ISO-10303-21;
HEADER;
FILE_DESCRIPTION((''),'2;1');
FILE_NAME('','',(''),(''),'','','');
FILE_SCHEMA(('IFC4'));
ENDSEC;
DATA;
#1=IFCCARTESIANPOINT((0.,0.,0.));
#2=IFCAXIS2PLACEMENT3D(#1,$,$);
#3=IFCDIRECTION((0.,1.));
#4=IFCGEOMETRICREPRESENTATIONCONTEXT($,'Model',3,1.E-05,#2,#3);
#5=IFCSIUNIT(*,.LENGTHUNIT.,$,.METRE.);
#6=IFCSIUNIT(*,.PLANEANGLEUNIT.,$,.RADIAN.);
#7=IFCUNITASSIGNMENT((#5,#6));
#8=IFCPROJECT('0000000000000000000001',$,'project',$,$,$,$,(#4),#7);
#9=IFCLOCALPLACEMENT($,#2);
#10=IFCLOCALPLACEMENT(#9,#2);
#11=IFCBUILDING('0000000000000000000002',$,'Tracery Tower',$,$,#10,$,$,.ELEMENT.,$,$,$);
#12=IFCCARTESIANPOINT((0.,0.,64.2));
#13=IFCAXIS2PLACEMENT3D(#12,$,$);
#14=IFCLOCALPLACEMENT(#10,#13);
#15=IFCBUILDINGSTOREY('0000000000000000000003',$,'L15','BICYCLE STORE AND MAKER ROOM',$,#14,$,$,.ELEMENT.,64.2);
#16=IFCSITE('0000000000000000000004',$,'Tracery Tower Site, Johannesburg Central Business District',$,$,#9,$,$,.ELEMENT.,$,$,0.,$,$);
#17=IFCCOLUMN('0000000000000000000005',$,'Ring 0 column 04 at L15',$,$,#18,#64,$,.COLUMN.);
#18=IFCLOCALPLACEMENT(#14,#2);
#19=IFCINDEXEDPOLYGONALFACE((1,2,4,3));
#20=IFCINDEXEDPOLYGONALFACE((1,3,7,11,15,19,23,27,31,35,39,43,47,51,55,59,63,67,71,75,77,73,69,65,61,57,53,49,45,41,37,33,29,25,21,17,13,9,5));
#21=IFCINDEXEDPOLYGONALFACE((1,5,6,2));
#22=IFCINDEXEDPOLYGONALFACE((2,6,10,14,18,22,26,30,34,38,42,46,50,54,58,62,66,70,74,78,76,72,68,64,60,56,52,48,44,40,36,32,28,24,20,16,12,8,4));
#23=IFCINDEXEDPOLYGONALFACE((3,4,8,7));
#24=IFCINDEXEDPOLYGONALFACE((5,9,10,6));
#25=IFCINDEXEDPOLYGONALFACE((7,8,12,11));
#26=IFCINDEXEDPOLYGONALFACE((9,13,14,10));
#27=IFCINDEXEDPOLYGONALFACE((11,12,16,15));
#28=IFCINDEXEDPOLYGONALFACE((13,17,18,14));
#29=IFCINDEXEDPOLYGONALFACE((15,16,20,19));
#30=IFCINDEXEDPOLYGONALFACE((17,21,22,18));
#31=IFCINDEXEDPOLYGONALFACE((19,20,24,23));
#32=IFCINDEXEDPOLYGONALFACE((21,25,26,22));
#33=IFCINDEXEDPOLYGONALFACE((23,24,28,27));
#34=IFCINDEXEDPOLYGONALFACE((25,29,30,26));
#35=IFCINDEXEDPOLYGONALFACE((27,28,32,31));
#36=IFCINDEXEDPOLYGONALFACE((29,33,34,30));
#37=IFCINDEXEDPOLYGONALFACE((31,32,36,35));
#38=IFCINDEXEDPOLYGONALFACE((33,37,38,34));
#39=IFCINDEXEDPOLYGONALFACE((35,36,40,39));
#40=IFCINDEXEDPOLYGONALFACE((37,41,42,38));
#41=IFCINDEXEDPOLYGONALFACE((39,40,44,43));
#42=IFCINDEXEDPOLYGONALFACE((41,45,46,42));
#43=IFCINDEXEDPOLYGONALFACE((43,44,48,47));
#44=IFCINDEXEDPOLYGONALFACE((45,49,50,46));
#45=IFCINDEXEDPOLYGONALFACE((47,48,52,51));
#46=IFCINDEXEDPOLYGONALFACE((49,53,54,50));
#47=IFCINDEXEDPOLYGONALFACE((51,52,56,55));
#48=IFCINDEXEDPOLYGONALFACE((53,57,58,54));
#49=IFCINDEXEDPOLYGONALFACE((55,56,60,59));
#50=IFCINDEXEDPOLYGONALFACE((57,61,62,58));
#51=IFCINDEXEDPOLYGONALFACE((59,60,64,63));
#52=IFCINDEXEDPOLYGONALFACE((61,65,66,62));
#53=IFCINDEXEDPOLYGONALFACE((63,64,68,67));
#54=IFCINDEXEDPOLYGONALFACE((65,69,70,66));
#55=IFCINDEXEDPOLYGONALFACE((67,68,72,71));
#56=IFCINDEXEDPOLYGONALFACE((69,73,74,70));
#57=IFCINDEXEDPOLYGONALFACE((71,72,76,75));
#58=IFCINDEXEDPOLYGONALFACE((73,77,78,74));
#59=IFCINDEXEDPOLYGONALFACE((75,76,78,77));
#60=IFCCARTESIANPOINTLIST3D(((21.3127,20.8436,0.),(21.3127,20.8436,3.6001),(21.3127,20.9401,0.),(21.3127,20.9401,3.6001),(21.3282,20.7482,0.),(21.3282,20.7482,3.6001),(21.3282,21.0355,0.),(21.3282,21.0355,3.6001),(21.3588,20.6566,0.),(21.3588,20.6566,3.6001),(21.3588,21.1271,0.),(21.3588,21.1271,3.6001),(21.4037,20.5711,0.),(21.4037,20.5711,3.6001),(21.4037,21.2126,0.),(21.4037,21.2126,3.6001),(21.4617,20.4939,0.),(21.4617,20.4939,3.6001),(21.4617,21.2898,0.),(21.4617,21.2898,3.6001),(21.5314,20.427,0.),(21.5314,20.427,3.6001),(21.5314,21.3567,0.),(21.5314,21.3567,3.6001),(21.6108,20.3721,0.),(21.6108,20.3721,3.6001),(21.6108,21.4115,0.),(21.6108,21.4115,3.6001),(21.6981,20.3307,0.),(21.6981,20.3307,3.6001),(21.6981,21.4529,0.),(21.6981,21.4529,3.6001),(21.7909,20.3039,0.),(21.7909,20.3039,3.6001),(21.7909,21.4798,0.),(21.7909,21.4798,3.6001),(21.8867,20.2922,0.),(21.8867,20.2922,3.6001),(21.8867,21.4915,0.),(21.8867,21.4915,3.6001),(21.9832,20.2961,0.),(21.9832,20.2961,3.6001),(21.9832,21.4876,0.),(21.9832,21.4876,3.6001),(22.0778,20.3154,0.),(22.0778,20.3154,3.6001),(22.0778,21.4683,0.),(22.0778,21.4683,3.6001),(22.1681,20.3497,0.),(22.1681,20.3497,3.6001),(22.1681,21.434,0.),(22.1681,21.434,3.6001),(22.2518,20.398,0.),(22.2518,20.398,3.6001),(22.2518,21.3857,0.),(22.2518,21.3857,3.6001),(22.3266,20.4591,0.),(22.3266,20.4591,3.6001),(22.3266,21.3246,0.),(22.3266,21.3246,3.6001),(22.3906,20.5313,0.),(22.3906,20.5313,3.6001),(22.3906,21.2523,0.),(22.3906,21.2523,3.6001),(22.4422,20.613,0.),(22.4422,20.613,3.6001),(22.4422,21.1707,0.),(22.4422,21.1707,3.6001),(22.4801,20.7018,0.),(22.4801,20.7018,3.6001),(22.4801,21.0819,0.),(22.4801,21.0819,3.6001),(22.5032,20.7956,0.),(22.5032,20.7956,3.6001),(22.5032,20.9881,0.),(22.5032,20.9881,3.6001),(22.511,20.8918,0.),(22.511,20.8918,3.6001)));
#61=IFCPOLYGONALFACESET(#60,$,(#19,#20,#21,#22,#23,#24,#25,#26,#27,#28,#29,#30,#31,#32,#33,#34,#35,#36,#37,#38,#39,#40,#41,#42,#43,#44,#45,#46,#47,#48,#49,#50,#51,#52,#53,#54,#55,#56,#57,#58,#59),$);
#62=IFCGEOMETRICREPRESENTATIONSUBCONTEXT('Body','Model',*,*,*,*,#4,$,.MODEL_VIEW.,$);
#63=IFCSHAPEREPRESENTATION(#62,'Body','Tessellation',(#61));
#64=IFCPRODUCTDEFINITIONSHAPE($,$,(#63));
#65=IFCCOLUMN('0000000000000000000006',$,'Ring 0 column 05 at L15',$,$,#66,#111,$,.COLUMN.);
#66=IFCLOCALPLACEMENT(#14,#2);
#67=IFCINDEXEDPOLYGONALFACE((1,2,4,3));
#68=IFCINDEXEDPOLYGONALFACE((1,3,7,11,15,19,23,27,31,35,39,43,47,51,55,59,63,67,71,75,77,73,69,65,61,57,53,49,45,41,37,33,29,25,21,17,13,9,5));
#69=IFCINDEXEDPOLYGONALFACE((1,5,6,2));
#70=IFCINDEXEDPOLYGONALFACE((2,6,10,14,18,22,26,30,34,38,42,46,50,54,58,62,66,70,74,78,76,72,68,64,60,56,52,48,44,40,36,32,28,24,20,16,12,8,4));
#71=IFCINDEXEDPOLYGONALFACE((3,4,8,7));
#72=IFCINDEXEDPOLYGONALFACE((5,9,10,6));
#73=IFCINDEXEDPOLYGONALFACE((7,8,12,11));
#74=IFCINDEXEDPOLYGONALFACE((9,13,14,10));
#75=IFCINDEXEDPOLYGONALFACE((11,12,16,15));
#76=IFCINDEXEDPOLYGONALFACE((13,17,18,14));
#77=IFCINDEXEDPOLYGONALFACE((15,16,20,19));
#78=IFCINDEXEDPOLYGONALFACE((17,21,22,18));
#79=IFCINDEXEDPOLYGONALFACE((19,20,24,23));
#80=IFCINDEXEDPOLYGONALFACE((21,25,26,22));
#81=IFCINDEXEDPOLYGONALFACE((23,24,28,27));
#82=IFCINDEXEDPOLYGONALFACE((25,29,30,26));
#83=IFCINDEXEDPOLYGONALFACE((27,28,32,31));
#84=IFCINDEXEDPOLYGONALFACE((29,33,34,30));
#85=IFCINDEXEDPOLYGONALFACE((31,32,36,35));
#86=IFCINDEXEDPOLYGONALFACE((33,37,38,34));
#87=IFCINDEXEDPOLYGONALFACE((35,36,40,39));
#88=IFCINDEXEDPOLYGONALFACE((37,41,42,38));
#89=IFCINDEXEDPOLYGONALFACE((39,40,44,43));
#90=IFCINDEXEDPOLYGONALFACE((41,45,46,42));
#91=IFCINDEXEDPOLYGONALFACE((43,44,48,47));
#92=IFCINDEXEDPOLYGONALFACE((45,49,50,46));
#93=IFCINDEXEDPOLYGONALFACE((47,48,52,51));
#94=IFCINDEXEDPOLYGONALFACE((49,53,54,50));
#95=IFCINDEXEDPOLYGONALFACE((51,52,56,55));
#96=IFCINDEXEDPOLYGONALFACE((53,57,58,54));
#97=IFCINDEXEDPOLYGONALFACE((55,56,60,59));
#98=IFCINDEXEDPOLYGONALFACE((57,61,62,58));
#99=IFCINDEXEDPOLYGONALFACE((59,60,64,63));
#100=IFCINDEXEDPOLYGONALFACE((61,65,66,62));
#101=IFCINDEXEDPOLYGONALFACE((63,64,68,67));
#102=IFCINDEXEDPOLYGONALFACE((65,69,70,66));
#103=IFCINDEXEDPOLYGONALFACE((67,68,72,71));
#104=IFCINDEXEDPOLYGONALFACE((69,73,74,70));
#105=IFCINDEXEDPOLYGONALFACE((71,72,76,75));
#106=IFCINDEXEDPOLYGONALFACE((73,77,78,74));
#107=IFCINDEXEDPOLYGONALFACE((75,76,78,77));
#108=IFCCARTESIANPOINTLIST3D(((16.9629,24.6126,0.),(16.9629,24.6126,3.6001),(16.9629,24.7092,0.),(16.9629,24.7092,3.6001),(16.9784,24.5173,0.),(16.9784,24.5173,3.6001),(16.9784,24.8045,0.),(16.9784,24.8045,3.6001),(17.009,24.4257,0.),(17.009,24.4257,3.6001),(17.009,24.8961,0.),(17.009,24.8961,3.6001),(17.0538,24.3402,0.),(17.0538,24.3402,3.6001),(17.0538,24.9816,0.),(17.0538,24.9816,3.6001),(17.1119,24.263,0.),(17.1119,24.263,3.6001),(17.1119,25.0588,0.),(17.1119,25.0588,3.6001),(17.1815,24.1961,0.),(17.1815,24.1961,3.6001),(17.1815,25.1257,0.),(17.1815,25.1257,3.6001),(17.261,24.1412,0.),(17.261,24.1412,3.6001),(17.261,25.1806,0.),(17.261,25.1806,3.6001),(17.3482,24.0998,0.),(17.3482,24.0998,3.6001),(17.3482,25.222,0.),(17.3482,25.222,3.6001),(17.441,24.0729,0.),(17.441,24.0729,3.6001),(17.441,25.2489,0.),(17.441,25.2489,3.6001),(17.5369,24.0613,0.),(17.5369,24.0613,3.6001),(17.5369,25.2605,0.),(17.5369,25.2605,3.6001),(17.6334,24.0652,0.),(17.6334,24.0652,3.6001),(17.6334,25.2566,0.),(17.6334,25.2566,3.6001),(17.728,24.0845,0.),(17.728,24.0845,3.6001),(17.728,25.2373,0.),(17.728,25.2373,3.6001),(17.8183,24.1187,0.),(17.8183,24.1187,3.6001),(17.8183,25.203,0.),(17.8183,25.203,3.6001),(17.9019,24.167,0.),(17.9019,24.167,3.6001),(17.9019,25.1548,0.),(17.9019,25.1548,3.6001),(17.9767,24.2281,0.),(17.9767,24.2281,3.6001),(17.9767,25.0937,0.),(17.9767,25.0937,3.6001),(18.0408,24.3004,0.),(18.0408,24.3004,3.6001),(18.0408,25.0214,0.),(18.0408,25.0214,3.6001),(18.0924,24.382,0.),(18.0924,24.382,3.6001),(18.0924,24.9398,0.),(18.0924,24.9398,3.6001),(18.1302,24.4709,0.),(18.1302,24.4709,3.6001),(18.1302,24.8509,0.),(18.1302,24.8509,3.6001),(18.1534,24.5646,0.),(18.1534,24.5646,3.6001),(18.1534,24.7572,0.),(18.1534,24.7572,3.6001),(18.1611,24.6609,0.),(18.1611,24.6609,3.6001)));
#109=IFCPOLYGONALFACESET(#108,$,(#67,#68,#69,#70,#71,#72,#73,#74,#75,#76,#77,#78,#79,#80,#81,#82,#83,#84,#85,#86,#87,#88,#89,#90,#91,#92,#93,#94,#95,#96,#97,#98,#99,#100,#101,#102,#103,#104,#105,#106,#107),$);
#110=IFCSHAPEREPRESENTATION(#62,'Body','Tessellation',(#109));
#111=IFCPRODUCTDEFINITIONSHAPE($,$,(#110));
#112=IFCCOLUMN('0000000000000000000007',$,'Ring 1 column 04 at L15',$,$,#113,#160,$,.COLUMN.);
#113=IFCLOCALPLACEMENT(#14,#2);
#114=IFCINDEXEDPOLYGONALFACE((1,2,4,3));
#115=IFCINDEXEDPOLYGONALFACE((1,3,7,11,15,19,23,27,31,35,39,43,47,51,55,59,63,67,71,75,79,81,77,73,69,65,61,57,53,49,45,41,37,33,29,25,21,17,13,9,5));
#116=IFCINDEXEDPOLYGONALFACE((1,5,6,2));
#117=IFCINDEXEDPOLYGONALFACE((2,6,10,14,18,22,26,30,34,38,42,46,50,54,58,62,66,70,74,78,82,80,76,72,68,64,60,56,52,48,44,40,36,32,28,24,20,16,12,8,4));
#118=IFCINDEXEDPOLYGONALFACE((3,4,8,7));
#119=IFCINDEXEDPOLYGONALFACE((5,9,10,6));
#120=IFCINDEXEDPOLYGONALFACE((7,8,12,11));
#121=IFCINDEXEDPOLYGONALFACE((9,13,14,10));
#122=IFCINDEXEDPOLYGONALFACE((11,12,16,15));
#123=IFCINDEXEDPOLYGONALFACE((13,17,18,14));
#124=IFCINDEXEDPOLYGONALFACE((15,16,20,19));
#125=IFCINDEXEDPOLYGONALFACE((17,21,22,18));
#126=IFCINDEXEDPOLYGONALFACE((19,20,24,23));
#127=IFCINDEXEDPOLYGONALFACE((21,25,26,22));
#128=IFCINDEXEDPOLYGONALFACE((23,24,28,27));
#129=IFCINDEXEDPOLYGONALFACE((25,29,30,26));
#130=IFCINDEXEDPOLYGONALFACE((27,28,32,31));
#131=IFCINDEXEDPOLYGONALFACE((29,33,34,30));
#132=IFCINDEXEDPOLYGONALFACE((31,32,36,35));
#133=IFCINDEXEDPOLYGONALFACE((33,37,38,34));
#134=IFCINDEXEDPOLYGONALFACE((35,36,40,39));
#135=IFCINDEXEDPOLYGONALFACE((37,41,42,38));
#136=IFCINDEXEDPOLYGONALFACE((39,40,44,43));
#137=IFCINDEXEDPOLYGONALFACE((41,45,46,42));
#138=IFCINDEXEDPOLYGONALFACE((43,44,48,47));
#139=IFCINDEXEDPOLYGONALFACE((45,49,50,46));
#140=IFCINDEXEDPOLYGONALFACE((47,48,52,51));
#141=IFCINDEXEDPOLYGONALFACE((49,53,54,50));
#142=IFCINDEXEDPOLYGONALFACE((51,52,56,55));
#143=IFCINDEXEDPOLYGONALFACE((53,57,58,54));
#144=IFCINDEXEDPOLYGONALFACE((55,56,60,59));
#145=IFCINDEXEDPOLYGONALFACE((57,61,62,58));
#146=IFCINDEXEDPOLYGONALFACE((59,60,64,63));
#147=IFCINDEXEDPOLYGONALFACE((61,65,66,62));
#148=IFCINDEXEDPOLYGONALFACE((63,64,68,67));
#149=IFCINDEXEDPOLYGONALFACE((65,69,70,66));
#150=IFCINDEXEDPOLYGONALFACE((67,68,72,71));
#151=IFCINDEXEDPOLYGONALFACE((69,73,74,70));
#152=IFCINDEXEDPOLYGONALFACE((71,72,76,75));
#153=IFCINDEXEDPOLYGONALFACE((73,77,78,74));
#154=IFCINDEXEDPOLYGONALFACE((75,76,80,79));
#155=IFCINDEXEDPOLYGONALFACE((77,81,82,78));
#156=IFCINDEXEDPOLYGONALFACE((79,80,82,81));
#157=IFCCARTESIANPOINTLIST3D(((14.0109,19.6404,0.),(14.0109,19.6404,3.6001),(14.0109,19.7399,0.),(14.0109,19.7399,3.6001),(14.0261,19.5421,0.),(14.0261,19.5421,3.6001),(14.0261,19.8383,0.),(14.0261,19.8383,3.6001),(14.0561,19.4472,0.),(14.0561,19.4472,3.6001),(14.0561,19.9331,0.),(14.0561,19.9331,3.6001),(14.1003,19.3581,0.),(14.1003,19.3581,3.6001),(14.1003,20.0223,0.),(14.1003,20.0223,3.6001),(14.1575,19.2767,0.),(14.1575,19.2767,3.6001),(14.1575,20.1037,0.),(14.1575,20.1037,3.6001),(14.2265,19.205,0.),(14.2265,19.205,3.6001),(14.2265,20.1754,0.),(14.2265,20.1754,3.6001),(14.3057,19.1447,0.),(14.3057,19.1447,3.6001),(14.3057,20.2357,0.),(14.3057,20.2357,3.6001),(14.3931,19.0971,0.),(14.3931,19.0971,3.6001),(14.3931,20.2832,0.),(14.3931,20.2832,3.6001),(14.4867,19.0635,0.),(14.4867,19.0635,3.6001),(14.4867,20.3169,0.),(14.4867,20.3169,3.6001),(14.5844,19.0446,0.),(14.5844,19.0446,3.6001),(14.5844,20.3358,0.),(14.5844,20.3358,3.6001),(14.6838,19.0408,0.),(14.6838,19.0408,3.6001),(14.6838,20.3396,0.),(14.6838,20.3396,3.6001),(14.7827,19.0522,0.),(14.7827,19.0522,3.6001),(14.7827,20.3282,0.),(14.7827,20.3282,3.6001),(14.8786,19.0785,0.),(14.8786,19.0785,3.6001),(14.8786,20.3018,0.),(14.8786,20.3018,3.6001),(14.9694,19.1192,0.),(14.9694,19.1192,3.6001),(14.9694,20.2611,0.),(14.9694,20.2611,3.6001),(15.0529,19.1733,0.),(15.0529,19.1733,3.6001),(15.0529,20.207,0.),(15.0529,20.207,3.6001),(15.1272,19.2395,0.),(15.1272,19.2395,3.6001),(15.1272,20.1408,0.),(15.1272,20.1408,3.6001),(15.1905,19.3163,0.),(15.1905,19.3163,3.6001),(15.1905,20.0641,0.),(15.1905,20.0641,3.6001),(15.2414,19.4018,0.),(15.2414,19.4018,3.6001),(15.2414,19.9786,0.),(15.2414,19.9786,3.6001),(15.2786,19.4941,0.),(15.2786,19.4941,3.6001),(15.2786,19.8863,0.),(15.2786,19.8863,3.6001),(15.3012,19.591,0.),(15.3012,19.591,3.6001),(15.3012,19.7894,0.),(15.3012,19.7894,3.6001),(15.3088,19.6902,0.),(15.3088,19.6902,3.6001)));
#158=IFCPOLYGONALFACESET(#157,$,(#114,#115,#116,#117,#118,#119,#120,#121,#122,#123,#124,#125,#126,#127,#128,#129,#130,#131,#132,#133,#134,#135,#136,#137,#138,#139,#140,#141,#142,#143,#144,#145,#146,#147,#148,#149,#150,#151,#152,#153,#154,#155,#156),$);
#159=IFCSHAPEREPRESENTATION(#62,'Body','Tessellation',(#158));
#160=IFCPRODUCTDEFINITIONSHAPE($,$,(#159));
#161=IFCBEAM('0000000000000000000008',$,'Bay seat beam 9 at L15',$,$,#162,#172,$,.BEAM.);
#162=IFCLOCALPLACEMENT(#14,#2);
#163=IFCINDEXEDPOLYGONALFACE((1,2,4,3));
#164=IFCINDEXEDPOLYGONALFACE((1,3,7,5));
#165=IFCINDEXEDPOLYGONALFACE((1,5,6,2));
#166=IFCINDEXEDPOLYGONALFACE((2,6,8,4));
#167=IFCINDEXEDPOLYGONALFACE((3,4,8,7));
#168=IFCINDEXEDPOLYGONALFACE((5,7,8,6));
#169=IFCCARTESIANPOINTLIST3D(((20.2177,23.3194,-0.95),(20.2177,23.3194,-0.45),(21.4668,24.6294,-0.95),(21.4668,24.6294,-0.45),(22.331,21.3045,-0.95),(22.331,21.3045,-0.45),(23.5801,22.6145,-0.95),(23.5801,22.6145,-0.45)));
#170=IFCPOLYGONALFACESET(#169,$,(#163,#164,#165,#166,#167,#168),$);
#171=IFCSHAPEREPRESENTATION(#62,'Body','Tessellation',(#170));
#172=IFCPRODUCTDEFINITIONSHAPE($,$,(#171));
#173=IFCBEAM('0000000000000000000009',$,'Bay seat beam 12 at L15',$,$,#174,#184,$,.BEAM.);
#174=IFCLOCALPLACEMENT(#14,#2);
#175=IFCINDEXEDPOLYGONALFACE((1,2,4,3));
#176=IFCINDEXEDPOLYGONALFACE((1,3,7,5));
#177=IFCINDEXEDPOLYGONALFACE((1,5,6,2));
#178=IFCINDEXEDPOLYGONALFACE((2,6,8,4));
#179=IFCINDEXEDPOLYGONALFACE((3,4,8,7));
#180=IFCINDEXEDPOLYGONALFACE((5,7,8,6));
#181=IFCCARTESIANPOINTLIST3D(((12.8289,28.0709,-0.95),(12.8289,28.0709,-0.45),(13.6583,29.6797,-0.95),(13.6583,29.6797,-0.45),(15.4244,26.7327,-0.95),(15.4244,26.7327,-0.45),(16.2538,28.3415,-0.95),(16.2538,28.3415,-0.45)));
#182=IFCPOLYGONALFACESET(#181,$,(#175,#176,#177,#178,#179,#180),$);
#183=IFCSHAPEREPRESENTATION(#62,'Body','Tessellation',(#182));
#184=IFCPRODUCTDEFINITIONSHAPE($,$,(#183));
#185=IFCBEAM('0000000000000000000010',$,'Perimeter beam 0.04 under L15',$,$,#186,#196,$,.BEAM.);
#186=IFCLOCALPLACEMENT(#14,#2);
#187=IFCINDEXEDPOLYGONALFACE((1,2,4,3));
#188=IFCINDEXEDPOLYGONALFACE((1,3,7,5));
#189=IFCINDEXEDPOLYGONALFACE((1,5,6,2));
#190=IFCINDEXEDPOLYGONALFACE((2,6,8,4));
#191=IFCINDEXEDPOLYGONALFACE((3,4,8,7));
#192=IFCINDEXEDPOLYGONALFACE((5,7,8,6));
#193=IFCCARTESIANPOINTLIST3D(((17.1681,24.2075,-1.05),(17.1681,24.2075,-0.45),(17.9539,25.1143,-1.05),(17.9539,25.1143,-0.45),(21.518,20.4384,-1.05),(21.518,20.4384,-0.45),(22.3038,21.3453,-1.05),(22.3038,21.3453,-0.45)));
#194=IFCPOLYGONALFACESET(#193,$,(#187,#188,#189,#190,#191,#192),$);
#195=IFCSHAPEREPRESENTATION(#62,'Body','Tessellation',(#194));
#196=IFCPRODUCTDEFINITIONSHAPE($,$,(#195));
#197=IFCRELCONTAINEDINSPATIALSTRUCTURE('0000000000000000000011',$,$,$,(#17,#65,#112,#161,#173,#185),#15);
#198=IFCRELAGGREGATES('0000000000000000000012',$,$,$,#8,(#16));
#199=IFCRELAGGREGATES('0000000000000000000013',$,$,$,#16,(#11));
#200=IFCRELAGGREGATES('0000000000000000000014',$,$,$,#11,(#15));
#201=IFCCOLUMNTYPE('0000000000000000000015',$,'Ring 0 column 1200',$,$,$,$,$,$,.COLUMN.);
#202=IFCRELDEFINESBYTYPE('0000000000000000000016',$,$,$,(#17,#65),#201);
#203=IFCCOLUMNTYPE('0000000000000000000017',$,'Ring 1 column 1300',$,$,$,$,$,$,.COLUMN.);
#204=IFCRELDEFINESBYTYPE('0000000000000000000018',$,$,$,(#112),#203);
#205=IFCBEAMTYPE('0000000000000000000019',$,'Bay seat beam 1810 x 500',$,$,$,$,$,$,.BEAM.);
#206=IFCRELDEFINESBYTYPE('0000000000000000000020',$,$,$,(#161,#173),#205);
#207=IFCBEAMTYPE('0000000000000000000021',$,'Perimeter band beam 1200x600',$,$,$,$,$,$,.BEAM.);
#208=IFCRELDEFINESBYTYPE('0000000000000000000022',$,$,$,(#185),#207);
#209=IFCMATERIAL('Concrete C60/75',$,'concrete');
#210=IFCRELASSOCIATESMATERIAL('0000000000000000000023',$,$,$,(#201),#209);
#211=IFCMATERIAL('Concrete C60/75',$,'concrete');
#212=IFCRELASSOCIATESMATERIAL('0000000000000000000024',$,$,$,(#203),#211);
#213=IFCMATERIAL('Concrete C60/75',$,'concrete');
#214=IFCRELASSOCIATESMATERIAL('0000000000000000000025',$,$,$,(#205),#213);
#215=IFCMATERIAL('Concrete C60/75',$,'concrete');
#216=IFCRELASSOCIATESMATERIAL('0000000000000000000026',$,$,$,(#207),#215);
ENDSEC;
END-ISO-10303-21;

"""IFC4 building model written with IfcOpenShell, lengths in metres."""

from ifc_helpers import new_model, si_unit, direction, frame, origin, origin_2d, place, context, subcontext, project, spatial, rectangle, circle, extrude, material, material_profile, profile_set, type_object, element, save


model = new_model("IFC4")

# Units and contexts
model_context = context("Model", 3, precision=1e-05, world=origin(), true_north=direction((0.0, 1.0)))
body_context = subcontext(model_context, "Body", "Model", "MODEL_VIEW")
ifc_project = project(units=[si_unit("LENGTHUNIT", "METRE"), si_unit("PLANEANGLEUNIT", "RADIAN")], contexts=[model_context])

# Site, building, storey
site_placement = place(None, origin())
site = spatial("IfcSite", under=ifc_project, at=site_placement, Name="Tracery Tower Site, Johannesburg Central Business District", CompositionType="ELEMENT", RefElevation=0.0)
building_placement = place(site_placement, origin())
building = spatial("IfcBuilding", under=site, at=building_placement, Name="Tracery Tower", CompositionType="ELEMENT")
storey_placement = place(building_placement, frame((0.0, 0.0, 64.2)))
storey = spatial("IfcBuildingStorey", under=building, at=storey_placement, Name="L15", Description="BICYCLE STORE AND MAKER ROOM", CompositionType="ELEMENT", Elevation=64.2)

# Columns
ifc_material_1 = material(Name="Concrete C60/75", Category="concrete")
ifc_material_profile_1 = material_profile(ifc_material_1, circle(Radius=0.6001, at=origin_2d()), Name="RC D1200")
ifc_profile_set_1 = profile_set([ifc_material_profile_1], Name="Concrete C60/75")
column_type_1 = type_object("IfcColumnType", Name="Ring 0 column 1200", PredefinedType="COLUMN", material=ifc_profile_set_1)
for number, where, z_axis, x_axis, name in (
    (1, (21.9109, 20.8918, 0.0), (0.0, 0.0, 1.0), (1.0, 0.0, 0.0), "Ring 0 column 04 at L15"),
    (2, (17.561, 24.6609, 0.0), (0.0, 0.0, 1.0), (1.0, 0.0, 0.0), "Ring 0 column 05 at L15"),
):
    element("IfcColumn", number, at=place(storey_placement, frame(where, z_axis=z_axis, x_axis=x_axis)), inside=storey, type_object=column_type_1, Name=name, PredefinedType="COLUMN", context=body_context, shape_type="SweptSolid", body=[
        extrude(circle(Radius=0.6001, at=origin_2d()), origin(), (0.0, 0.0, 1.0), 3.6001),
    ])
ifc_material_2 = material(Name="Concrete C60/75", Category="concrete")
ifc_material_profile_2 = material_profile(ifc_material_2, circle(Radius=0.6499, at=origin_2d()), Name="RC D1300")
ifc_profile_set_2 = profile_set([ifc_material_profile_2], Name="Concrete C60/75")
column_type_2 = type_object("IfcColumnType", Name="Ring 1 column 1300", PredefinedType="COLUMN", material=ifc_profile_set_2)
column_placement = place(storey_placement, frame((14.6589, 19.6902, 0.0), z_axis=(0.0, 0.0, 1.0), x_axis=(1.0, 0.0, 0.0)))
element("IfcColumn", 3, at=column_placement, inside=storey, type_object=column_type_2, Name="Ring 1 column 04 at L15", PredefinedType="COLUMN", context=body_context, shape_type="SweptSolid", body=[
    extrude(circle(Radius=0.6499, at=origin_2d()), origin(), (0.0, 0.0, 1.0), 3.6001),
])

# Beams
ifc_material_3 = material(Name="Concrete C60/75", Category="concrete")
ifc_material_profile_3 = material_profile(ifc_material_3, rectangle(XDim=1.8101, YDim=0.5, at=origin_2d()), Name="RC 1810x500")
ifc_profile_set_3 = profile_set([ifc_material_profile_3], Name="Concrete C60/75")
beam_type_1 = type_object("IfcBeamType", Name="Bay seat beam 1810 x 500", PredefinedType="BEAM", material=ifc_profile_set_3)
beam_1_placement = place(storey_placement, frame((22.9556, 21.9595, -0.7), z_axis=(-0.723754, 0.690058, 0.0), x_axis=(-0.690058, -0.723754, 0.0)))
element("IfcBeam", 4, at=beam_1_placement, inside=storey, type_object=beam_type_1, Name="Bay seat beam 9 at L15", PredefinedType="BEAM", context=body_context, shape_type="SweptSolid", body=[
    extrude(rectangle(XDim=1.8101, YDim=0.5, at=origin_2d()), origin(), (0.0, 0.0, 1.0), 2.9199),
])
beam_2_placement = place(storey_placement, frame((15.8391, 27.5371, -0.7), z_axis=(-0.888824, 0.458249, 0.0), x_axis=(-0.458249, -0.888824, 0.0)))
element("IfcBeam", 5, at=beam_2_placement, inside=storey, type_object=beam_type_1, Name="Bay seat beam 12 at L15", PredefinedType="BEAM", context=body_context, shape_type="SweptSolid", body=[
    extrude(rectangle(XDim=1.8101, YDim=0.5, at=origin_2d()), origin(), (0.0, 0.0, 1.0), 2.9202),
])
ifc_material_4 = material(Name="Concrete C60/75", Category="concrete")
ifc_material_profile_4 = material_profile(ifc_material_4, rectangle(XDim=1.2, YDim=0.6001, at=origin_2d()), Name="RC 1200x600")
ifc_profile_set_4 = profile_set([ifc_material_profile_4], Name="Concrete C60/75")
beam_type_2 = type_object("IfcBeamType", Name="Perimeter band beam 1200x600", PredefinedType="BEAM", material=ifc_profile_set_4)
beam_3_placement = place(storey_placement, frame((21.9109, 20.8918, -0.75), z_axis=(-0.75576, 0.654848, 0.0), x_axis=(-0.654848, -0.75576, 0.0)))
element("IfcBeam", 6, at=beam_3_placement, inside=storey, type_object=beam_type_2, Name="Perimeter beam 0.04 under L15", PredefinedType="BEAM", context=body_context, shape_type="SweptSolid", body=[
    extrude(rectangle(XDim=1.2, YDim=0.6001, at=origin_2d()), origin(), (0.0, 0.0, 1.0), 5.7556),
])

save(model, "model.ifc")
